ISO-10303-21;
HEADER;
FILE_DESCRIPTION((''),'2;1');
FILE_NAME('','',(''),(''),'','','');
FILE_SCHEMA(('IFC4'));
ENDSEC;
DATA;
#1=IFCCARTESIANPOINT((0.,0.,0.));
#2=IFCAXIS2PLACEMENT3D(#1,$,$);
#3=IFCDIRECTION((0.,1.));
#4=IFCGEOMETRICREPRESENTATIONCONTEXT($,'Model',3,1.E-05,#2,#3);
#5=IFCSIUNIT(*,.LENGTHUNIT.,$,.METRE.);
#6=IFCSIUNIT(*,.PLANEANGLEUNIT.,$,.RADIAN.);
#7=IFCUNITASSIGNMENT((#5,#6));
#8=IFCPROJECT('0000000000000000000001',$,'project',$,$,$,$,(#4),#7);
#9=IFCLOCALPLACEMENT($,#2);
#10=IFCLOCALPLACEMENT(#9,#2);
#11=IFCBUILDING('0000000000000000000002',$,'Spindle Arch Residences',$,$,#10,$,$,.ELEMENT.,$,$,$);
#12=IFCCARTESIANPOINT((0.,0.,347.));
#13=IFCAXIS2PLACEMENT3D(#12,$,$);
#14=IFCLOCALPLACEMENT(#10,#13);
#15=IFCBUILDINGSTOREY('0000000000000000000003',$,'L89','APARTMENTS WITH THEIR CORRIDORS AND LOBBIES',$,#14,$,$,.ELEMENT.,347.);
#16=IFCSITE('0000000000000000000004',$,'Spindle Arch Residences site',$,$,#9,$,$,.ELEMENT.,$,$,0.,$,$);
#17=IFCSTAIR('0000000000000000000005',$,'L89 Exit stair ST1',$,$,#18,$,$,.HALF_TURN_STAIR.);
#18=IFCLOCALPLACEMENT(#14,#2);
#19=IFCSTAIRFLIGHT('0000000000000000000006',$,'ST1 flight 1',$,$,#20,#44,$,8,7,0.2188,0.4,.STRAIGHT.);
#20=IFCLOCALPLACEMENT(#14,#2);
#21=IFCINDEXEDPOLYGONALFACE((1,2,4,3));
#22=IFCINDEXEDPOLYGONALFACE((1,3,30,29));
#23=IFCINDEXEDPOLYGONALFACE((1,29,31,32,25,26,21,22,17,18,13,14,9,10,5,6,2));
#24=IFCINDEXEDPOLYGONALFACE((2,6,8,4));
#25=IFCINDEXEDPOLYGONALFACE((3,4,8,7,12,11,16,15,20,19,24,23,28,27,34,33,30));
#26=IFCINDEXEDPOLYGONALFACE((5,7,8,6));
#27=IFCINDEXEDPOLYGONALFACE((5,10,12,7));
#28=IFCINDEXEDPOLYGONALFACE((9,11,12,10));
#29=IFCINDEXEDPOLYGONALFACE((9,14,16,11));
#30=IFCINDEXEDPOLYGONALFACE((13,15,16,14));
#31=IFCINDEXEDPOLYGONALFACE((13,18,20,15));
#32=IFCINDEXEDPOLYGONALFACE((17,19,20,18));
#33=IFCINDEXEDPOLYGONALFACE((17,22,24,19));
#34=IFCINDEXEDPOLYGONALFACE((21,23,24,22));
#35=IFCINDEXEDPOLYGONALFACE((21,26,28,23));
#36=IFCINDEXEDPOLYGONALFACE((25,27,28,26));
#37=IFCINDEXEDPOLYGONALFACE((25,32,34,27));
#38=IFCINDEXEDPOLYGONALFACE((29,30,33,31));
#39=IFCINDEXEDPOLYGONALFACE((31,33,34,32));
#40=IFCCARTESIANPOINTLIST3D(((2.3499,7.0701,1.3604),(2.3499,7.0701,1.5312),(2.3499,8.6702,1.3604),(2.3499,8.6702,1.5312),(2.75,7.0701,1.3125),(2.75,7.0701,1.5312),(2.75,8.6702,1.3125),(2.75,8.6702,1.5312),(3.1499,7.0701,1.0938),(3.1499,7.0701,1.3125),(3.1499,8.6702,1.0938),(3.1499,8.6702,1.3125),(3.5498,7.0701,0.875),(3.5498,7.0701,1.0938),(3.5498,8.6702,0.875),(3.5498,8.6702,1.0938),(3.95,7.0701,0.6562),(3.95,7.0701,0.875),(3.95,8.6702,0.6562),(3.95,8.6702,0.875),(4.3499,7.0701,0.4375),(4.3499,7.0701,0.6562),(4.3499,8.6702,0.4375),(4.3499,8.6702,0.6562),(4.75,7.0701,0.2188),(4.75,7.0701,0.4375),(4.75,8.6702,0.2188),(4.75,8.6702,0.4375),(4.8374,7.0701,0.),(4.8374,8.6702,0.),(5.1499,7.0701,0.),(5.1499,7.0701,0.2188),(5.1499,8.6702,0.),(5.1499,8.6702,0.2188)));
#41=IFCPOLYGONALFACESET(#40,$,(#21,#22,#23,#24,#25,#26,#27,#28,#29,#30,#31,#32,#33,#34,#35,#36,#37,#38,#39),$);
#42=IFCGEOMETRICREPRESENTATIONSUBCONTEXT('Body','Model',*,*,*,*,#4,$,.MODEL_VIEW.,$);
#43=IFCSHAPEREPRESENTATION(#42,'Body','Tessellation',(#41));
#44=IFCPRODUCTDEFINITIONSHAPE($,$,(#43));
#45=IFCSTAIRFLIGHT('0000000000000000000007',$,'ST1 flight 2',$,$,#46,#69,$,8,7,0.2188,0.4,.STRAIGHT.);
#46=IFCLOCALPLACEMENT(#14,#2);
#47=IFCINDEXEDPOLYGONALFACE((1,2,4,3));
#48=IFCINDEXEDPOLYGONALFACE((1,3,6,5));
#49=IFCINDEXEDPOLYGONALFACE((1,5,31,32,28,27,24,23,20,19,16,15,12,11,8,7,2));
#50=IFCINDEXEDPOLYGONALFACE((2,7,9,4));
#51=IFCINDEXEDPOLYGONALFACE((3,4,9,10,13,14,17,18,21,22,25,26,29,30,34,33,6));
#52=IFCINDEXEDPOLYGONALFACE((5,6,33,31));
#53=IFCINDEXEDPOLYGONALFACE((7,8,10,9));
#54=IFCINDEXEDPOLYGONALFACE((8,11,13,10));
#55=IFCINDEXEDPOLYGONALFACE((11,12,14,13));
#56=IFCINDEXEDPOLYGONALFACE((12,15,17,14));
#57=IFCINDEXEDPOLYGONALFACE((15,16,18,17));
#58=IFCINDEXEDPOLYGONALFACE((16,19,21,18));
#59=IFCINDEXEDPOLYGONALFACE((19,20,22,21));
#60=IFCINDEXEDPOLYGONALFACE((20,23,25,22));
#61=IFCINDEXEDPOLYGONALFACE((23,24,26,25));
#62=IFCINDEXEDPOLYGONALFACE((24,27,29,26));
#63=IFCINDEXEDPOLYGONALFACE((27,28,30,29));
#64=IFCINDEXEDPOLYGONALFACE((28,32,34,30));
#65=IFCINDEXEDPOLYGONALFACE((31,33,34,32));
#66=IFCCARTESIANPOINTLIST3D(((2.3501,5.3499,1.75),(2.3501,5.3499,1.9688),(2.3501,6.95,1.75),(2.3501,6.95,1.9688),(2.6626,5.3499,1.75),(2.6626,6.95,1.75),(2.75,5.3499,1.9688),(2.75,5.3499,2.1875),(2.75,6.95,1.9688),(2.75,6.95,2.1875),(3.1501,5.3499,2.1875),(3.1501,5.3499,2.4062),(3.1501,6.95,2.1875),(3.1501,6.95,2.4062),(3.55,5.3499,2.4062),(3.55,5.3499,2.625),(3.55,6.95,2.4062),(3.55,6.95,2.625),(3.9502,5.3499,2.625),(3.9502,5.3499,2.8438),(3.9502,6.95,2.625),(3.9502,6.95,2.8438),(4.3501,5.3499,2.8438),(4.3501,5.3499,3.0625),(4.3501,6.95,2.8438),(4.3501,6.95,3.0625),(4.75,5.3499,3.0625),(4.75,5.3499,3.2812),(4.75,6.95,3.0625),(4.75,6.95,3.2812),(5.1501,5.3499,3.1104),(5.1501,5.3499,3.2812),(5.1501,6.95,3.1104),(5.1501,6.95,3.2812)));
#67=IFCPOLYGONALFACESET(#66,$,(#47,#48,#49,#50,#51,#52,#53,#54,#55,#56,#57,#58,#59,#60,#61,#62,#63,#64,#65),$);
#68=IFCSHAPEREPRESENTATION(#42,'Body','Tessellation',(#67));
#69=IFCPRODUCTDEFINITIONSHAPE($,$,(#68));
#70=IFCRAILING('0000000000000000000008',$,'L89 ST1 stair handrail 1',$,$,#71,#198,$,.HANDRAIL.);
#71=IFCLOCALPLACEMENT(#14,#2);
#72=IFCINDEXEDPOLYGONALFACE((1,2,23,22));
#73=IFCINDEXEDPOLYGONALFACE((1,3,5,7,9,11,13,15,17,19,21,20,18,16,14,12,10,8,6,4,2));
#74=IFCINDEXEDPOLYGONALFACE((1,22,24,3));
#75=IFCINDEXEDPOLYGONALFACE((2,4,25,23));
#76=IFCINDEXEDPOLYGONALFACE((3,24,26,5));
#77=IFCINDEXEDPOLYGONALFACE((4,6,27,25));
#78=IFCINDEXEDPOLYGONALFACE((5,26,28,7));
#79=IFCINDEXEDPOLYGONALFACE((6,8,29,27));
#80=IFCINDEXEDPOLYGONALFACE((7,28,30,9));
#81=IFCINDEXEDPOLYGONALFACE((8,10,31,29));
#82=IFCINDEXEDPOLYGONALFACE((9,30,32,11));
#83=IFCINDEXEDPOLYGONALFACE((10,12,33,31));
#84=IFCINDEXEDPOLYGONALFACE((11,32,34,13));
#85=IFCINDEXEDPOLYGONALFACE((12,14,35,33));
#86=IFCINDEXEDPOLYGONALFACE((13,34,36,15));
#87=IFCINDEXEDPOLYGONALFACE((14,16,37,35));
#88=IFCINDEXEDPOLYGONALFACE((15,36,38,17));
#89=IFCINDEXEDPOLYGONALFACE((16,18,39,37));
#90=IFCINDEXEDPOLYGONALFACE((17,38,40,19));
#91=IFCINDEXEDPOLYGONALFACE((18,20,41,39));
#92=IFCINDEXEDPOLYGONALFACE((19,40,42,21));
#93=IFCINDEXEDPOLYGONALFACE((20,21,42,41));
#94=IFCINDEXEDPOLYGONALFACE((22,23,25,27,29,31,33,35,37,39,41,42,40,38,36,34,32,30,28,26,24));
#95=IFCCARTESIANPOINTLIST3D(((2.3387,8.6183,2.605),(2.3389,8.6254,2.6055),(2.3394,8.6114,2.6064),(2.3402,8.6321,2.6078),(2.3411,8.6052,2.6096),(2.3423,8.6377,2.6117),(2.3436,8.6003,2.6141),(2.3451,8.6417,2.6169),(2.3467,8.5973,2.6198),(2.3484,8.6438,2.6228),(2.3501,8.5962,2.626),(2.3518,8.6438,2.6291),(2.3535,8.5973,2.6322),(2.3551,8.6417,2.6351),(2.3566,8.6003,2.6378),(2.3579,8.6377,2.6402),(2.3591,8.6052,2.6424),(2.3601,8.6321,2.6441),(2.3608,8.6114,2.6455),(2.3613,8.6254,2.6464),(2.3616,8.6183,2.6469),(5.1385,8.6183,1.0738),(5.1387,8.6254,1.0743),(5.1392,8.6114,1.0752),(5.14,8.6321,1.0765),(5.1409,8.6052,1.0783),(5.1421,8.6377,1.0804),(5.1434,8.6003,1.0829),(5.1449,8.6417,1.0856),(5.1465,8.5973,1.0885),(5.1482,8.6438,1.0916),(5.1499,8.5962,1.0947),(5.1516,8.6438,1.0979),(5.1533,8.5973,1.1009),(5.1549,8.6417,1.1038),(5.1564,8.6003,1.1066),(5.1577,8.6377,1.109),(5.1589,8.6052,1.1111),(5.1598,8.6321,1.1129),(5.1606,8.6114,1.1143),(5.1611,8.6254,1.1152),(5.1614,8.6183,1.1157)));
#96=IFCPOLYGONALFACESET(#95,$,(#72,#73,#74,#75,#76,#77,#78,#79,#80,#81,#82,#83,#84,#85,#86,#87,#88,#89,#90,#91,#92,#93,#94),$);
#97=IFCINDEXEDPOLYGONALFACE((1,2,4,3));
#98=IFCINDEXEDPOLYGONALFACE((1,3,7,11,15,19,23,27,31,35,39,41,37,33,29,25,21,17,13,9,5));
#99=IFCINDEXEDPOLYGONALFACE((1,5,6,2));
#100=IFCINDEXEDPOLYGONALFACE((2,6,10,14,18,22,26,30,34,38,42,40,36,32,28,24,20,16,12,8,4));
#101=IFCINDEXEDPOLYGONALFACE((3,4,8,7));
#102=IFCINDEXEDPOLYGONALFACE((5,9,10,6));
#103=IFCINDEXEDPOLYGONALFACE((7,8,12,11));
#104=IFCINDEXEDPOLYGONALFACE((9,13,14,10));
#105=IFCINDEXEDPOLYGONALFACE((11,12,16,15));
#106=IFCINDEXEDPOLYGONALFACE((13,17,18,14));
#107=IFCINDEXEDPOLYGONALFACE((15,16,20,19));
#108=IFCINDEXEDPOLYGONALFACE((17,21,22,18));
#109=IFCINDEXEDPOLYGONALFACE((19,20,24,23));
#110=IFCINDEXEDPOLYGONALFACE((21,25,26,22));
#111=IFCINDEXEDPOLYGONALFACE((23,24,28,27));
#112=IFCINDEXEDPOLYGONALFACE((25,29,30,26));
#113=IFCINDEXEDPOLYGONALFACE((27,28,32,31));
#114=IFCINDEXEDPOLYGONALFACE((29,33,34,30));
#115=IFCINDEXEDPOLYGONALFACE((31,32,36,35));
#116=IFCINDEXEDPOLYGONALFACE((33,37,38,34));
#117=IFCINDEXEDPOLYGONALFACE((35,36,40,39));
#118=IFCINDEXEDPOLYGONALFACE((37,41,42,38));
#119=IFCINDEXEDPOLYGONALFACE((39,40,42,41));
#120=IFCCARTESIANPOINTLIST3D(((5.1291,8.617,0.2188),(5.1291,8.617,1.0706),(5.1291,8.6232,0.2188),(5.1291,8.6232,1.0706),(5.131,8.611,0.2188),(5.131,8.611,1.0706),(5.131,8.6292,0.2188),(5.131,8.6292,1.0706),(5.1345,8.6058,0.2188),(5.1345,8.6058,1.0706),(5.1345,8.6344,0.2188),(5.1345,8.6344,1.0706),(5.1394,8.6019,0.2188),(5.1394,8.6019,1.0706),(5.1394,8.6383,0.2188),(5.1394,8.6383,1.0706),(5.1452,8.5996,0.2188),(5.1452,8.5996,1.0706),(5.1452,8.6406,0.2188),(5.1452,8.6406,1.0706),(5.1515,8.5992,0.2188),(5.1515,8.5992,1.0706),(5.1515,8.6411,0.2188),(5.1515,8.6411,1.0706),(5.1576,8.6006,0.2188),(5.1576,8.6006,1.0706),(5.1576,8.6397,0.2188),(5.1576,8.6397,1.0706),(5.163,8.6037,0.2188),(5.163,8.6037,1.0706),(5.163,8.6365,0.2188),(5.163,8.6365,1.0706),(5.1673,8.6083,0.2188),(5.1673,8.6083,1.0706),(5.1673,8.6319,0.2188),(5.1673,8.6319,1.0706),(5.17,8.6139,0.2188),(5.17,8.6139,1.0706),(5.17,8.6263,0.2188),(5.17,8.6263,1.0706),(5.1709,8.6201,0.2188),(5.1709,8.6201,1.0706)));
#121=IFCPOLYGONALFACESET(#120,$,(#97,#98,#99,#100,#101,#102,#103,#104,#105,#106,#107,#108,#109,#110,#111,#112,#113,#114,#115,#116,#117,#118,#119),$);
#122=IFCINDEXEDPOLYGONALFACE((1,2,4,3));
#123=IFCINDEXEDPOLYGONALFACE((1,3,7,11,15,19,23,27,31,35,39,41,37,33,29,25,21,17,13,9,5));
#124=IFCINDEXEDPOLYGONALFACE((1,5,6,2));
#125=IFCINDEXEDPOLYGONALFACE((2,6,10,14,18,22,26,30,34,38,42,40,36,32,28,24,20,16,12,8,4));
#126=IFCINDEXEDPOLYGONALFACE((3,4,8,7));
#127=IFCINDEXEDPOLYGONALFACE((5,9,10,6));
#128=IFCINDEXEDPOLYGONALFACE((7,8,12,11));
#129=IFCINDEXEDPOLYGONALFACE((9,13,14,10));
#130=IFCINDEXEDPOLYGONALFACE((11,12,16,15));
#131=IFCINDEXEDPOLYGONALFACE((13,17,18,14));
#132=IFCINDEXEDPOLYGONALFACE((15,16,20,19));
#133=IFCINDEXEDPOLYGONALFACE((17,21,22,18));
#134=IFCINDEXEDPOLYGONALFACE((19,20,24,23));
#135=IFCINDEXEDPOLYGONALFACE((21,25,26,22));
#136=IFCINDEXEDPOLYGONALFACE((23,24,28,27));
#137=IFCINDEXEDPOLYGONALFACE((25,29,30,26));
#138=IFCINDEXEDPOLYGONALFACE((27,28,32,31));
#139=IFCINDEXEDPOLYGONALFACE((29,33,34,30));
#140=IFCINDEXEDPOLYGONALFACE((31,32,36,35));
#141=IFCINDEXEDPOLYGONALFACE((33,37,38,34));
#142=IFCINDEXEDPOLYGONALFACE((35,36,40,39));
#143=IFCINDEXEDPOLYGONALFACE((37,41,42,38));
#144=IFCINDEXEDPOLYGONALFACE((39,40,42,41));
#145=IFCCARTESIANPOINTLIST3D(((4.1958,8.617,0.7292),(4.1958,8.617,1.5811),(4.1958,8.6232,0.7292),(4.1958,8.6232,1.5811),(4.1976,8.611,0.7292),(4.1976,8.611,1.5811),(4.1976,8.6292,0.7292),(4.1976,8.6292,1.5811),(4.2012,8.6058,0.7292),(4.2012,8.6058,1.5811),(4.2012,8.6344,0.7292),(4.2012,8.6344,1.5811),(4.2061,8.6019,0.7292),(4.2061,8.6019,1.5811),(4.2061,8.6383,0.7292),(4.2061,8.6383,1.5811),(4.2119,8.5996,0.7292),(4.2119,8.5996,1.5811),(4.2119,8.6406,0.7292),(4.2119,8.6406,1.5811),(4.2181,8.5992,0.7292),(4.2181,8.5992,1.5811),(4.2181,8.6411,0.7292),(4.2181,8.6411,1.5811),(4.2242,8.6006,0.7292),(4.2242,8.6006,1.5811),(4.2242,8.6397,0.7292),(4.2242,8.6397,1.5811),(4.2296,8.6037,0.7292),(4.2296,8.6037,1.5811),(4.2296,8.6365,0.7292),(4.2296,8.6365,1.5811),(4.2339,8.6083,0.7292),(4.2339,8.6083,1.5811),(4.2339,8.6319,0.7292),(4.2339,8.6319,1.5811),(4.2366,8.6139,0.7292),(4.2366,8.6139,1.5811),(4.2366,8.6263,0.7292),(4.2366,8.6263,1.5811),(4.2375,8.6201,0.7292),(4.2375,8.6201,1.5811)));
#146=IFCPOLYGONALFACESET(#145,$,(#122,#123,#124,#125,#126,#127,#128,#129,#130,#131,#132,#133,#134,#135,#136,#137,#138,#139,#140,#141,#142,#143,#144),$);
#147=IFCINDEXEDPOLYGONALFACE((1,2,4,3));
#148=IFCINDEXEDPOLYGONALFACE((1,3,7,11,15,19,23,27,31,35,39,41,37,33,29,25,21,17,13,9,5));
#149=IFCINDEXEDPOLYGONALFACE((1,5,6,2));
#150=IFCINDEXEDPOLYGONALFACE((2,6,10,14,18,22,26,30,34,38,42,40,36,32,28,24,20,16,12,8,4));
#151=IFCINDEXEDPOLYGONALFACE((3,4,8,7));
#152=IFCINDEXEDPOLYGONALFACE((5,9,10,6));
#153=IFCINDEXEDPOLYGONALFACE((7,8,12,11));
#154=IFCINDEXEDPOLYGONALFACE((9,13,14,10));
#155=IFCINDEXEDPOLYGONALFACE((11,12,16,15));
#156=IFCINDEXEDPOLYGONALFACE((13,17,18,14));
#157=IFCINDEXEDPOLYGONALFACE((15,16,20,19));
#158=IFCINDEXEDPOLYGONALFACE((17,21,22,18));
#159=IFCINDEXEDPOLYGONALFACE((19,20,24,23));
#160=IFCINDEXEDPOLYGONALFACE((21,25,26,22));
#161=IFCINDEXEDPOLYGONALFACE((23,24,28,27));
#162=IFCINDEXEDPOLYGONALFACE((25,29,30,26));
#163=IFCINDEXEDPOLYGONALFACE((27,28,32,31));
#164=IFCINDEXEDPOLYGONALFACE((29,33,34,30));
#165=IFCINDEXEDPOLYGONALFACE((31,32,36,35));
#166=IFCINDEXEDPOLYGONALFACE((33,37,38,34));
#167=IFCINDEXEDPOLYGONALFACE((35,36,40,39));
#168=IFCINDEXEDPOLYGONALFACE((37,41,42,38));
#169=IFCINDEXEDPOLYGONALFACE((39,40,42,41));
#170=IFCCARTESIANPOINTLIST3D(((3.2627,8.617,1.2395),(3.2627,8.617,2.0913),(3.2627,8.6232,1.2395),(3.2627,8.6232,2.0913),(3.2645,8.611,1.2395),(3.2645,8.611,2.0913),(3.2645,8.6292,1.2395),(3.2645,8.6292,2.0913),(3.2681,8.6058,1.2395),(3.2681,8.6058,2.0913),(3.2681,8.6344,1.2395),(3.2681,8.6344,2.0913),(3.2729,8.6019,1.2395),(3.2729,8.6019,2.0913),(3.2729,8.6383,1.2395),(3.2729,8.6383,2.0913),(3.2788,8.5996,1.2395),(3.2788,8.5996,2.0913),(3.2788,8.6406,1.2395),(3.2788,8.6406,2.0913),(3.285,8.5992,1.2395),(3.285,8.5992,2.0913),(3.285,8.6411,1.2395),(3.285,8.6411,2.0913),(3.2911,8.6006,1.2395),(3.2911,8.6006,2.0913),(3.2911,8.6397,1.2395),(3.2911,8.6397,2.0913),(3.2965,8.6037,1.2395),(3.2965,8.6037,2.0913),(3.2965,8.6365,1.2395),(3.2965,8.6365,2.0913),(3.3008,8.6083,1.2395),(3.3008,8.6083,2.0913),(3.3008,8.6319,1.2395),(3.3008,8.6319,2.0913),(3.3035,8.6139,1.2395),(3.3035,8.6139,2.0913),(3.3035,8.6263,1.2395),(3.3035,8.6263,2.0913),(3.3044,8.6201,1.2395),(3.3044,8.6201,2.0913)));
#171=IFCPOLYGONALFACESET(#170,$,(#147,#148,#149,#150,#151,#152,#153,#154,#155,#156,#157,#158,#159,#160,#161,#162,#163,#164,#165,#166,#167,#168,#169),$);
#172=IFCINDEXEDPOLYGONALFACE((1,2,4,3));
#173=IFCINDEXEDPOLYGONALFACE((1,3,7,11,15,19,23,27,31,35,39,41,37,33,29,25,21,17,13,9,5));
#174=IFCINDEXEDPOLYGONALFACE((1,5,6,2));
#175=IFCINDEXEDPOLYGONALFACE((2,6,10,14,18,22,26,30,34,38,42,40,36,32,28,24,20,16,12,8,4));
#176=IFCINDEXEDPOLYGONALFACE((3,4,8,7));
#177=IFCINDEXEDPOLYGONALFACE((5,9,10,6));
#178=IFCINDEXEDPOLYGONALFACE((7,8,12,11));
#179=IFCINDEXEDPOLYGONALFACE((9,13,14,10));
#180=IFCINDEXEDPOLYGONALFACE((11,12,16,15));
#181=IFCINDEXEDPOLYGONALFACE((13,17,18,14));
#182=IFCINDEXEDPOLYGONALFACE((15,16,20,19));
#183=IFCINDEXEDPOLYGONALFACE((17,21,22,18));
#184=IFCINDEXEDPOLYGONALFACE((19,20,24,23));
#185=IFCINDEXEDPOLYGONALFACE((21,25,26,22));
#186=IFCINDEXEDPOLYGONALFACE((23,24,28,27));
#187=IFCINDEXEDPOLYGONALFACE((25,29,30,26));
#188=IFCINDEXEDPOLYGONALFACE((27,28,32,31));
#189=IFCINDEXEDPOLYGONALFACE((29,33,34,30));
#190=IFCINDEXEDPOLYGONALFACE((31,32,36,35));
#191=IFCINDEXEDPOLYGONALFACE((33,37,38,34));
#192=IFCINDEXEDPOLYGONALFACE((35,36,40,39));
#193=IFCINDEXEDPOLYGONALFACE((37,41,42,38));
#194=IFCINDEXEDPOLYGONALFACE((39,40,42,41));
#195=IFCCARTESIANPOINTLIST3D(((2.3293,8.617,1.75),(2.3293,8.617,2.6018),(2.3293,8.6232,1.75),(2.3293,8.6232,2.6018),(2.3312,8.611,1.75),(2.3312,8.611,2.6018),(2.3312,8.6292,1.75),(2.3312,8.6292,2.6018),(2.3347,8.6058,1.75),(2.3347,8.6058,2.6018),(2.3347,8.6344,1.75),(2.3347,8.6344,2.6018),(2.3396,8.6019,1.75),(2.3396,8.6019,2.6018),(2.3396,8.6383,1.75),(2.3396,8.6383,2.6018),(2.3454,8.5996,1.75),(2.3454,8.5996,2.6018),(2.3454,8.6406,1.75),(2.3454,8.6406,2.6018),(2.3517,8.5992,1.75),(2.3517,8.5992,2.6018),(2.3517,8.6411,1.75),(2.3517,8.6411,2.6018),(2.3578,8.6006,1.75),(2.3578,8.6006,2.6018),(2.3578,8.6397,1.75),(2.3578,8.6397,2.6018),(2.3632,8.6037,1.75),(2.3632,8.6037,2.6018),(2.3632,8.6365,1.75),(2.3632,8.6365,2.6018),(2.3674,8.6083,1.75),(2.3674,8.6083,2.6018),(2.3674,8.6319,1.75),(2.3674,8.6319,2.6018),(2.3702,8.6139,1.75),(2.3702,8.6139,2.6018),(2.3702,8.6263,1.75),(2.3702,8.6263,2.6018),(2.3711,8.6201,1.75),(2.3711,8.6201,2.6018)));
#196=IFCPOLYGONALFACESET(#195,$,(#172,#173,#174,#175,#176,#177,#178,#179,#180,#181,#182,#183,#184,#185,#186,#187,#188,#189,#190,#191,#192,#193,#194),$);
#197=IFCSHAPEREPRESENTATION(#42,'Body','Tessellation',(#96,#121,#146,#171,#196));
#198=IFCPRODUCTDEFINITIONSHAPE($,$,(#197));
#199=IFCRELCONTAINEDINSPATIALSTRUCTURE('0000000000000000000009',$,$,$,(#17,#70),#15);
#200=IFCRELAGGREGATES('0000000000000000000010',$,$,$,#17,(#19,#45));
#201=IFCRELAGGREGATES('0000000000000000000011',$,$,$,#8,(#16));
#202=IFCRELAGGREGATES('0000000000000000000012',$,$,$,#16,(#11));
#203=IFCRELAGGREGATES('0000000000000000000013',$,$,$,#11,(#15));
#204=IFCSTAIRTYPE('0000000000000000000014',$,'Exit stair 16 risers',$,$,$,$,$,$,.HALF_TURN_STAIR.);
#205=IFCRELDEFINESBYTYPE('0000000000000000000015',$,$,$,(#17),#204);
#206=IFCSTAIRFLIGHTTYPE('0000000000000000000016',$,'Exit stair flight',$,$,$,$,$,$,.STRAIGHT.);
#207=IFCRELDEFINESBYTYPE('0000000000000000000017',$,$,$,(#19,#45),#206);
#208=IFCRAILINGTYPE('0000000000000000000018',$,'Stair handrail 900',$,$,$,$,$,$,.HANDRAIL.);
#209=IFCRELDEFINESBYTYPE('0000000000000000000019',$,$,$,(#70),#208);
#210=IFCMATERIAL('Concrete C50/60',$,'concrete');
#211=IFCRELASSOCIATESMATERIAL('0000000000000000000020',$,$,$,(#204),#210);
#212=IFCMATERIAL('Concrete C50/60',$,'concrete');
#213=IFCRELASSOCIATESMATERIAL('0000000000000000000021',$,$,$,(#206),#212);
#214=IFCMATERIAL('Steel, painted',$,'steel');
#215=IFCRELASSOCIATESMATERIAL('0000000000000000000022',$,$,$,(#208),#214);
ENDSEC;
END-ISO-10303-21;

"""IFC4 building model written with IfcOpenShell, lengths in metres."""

from ifc_helpers import new_model, si_unit, direction, frame, origin, origin_2d, place, context, subcontext, project, spatial, polyline, circle, outline, extrude, material, type_object, element, aggregate, save


model = new_model("IFC4")

# Units and contexts
model_context = context("Model", 3, precision=1e-05, world=origin(), true_north=direction((0.0, 1.0)))
body_context = subcontext(model_context, "Body", "Model", "MODEL_VIEW")
ifc_project = project(units=[si_unit("LENGTHUNIT", "METRE"), si_unit("PLANEANGLEUNIT", "RADIAN")], contexts=[model_context])

# Site, building, storey
site_placement = place(None, origin())
site = spatial("IfcSite", under=ifc_project, at=site_placement, Name="Spindle Arch Residences site", CompositionType="ELEMENT", RefElevation=0.0)
building_placement = place(site_placement, origin())
building = spatial("IfcBuilding", under=site, at=building_placement, Name="Spindle Arch Residences", CompositionType="ELEMENT")
storey_placement = place(building_placement, frame((0.0, 0.0, 347.0)))
storey = spatial("IfcBuildingStorey", under=building, at=storey_placement, Name="L89", Description="APARTMENTS WITH THEIR CORRIDORS AND LOBBIES", CompositionType="ELEMENT", Elevation=347.0)

# Stair, stair flights
ifc_material_1 = material(Name="Concrete C50/60", Category="concrete")
stair_type = type_object("IfcStairType", Name="Exit stair 16 risers", PredefinedType="HALF_TURN_STAIR", material=ifc_material_1)
stair_placement = place(storey_placement, origin())
stair = element("IfcStair", 1, at=stair_placement, inside=storey, type_object=stair_type, Name="L89 Exit stair ST1", PredefinedType="HALF_TURN_STAIR")
ifc_material_2 = material(Name="Concrete C50/60", Category="concrete")
stair_flight_type = type_object("IfcStairFlightType", Name="Exit stair flight", PredefinedType="STRAIGHT", material=ifc_material_2)
stair_flight_1_placement = place(storey_placement, frame((5.1499, 7.8701, 0.0), z_axis=(0.0, 0.0, 1.0), x_axis=(-1.0, 0.0, 0.0)))
stair_flight_1 = element("IfcStairFlight", 2, at=stair_flight_1_placement, type_object=stair_flight_type, Name="ST1 flight 1", NumberOfRisers=8, NumberOfTreads=7, PredefinedType="STRAIGHT", RiserHeight=0.2188, TreadLength=0.4, context=body_context, shape_type="SweptSolid", body=[
    extrude(outline(polyline([(0.0, 0.0), (0.0, 0.2188), (0.3999, 0.2188), (0.3999, 0.4375), (0.8, 0.4375), (0.8, 0.6562), (1.2, 0.6562), (1.2, 0.875), (1.6001, 0.875), (1.6001, 1.0938), (2.0, 1.0938), (2.0, 1.3125), (2.3999, 1.3125), (2.3999, 1.5312), (2.8, 1.5312), (2.8, 1.75), (2.8, 1.3604), (0.3125, 0.0), (0.0, 0.0)])), frame((0.0, 0.8, 0.0), z_axis=(0.0, -1.0, 0.0), x_axis=(1.0, 0.0, 0.0)), (0.0, 0.0, 1.0), 1.6001),
])
stair_flight_2_placement = place(storey_placement, frame((2.3501, 6.1499, 1.75), z_axis=(0.0, 0.0, 1.0), x_axis=(1.0, 0.0, 0.0)))
stair_flight_2 = element("IfcStairFlight", 3, at=stair_flight_2_placement, type_object=stair_flight_type, Name="ST1 flight 2", NumberOfRisers=8, NumberOfTreads=7, PredefinedType="STRAIGHT", RiserHeight=0.2188, TreadLength=0.4, context=body_context, shape_type="SweptSolid", body=[
    extrude(outline(polyline([(0.0, 0.0), (0.0, 0.2188), (0.3999, 0.2188), (0.3999, 0.4375), (0.8, 0.4375), (0.8, 0.6562), (1.2, 0.6562), (1.2, 0.875), (1.6001, 0.875), (1.6001, 1.0938), (2.0, 1.0938), (2.0, 1.3125), (2.3999, 1.3125), (2.3999, 1.5312), (2.8, 1.5312), (2.8, 1.75), (2.8, 1.3604), (0.3125, 0.0), (0.0, 0.0)])), frame((0.0, 0.8, 0.0), z_axis=(0.0, -1.0, 0.0), x_axis=(1.0, 0.0, 0.0)), (0.0, 0.0, 1.0), 1.6001),
])
aggregate(stair, [stair_flight_1, stair_flight_2])

# Railing
ifc_material_3 = material(Name="Steel, painted", Category="steel")
railing_type_1 = type_object("IfcRailingType", Name="Stair handrail 900", PredefinedType="HANDRAIL", material=ifc_material_3)
railing_1_placement = place(storey_placement, frame((5.1499, 8.6201, 0.2188)))
element("IfcRailing", 4, at=railing_1_placement, inside=storey, type_object=railing_type_1, Name="L89 ST1 stair handrail 1", PredefinedType="HANDRAIL", context=body_context, shape_type="SweptSolid", body=[
    extrude(circle(Radius=0.0239, at=origin_2d()), frame((0.0, 0.0, 0.876), z_axis=(-0.877357, 0.0, 0.479838), x_axis=(0.0, -1.0, 0.0)), (0.0, 0.0, 1.0), 3.1912),
    extrude(circle(Radius=0.021, at=origin_2d()), origin(), (0.0, 0.0, 1.0), 0.8518),
    extrude(circle(Radius=0.021, at=origin_2d()), frame((-0.9333, 0.0, 0.5105)), (0.0, 0.0, 1.0), 0.8518),
    extrude(circle(Radius=0.021, at=origin_2d()), frame((-1.8665, 0.0, 1.0208)), (0.0, 0.0, 1.0), 0.8518),
    extrude(circle(Radius=0.021, at=origin_2d()), frame((-2.7998, 0.0, 1.5312)), (0.0, 0.0, 1.0), 0.8518),
])

save(model, "model.ifc")
